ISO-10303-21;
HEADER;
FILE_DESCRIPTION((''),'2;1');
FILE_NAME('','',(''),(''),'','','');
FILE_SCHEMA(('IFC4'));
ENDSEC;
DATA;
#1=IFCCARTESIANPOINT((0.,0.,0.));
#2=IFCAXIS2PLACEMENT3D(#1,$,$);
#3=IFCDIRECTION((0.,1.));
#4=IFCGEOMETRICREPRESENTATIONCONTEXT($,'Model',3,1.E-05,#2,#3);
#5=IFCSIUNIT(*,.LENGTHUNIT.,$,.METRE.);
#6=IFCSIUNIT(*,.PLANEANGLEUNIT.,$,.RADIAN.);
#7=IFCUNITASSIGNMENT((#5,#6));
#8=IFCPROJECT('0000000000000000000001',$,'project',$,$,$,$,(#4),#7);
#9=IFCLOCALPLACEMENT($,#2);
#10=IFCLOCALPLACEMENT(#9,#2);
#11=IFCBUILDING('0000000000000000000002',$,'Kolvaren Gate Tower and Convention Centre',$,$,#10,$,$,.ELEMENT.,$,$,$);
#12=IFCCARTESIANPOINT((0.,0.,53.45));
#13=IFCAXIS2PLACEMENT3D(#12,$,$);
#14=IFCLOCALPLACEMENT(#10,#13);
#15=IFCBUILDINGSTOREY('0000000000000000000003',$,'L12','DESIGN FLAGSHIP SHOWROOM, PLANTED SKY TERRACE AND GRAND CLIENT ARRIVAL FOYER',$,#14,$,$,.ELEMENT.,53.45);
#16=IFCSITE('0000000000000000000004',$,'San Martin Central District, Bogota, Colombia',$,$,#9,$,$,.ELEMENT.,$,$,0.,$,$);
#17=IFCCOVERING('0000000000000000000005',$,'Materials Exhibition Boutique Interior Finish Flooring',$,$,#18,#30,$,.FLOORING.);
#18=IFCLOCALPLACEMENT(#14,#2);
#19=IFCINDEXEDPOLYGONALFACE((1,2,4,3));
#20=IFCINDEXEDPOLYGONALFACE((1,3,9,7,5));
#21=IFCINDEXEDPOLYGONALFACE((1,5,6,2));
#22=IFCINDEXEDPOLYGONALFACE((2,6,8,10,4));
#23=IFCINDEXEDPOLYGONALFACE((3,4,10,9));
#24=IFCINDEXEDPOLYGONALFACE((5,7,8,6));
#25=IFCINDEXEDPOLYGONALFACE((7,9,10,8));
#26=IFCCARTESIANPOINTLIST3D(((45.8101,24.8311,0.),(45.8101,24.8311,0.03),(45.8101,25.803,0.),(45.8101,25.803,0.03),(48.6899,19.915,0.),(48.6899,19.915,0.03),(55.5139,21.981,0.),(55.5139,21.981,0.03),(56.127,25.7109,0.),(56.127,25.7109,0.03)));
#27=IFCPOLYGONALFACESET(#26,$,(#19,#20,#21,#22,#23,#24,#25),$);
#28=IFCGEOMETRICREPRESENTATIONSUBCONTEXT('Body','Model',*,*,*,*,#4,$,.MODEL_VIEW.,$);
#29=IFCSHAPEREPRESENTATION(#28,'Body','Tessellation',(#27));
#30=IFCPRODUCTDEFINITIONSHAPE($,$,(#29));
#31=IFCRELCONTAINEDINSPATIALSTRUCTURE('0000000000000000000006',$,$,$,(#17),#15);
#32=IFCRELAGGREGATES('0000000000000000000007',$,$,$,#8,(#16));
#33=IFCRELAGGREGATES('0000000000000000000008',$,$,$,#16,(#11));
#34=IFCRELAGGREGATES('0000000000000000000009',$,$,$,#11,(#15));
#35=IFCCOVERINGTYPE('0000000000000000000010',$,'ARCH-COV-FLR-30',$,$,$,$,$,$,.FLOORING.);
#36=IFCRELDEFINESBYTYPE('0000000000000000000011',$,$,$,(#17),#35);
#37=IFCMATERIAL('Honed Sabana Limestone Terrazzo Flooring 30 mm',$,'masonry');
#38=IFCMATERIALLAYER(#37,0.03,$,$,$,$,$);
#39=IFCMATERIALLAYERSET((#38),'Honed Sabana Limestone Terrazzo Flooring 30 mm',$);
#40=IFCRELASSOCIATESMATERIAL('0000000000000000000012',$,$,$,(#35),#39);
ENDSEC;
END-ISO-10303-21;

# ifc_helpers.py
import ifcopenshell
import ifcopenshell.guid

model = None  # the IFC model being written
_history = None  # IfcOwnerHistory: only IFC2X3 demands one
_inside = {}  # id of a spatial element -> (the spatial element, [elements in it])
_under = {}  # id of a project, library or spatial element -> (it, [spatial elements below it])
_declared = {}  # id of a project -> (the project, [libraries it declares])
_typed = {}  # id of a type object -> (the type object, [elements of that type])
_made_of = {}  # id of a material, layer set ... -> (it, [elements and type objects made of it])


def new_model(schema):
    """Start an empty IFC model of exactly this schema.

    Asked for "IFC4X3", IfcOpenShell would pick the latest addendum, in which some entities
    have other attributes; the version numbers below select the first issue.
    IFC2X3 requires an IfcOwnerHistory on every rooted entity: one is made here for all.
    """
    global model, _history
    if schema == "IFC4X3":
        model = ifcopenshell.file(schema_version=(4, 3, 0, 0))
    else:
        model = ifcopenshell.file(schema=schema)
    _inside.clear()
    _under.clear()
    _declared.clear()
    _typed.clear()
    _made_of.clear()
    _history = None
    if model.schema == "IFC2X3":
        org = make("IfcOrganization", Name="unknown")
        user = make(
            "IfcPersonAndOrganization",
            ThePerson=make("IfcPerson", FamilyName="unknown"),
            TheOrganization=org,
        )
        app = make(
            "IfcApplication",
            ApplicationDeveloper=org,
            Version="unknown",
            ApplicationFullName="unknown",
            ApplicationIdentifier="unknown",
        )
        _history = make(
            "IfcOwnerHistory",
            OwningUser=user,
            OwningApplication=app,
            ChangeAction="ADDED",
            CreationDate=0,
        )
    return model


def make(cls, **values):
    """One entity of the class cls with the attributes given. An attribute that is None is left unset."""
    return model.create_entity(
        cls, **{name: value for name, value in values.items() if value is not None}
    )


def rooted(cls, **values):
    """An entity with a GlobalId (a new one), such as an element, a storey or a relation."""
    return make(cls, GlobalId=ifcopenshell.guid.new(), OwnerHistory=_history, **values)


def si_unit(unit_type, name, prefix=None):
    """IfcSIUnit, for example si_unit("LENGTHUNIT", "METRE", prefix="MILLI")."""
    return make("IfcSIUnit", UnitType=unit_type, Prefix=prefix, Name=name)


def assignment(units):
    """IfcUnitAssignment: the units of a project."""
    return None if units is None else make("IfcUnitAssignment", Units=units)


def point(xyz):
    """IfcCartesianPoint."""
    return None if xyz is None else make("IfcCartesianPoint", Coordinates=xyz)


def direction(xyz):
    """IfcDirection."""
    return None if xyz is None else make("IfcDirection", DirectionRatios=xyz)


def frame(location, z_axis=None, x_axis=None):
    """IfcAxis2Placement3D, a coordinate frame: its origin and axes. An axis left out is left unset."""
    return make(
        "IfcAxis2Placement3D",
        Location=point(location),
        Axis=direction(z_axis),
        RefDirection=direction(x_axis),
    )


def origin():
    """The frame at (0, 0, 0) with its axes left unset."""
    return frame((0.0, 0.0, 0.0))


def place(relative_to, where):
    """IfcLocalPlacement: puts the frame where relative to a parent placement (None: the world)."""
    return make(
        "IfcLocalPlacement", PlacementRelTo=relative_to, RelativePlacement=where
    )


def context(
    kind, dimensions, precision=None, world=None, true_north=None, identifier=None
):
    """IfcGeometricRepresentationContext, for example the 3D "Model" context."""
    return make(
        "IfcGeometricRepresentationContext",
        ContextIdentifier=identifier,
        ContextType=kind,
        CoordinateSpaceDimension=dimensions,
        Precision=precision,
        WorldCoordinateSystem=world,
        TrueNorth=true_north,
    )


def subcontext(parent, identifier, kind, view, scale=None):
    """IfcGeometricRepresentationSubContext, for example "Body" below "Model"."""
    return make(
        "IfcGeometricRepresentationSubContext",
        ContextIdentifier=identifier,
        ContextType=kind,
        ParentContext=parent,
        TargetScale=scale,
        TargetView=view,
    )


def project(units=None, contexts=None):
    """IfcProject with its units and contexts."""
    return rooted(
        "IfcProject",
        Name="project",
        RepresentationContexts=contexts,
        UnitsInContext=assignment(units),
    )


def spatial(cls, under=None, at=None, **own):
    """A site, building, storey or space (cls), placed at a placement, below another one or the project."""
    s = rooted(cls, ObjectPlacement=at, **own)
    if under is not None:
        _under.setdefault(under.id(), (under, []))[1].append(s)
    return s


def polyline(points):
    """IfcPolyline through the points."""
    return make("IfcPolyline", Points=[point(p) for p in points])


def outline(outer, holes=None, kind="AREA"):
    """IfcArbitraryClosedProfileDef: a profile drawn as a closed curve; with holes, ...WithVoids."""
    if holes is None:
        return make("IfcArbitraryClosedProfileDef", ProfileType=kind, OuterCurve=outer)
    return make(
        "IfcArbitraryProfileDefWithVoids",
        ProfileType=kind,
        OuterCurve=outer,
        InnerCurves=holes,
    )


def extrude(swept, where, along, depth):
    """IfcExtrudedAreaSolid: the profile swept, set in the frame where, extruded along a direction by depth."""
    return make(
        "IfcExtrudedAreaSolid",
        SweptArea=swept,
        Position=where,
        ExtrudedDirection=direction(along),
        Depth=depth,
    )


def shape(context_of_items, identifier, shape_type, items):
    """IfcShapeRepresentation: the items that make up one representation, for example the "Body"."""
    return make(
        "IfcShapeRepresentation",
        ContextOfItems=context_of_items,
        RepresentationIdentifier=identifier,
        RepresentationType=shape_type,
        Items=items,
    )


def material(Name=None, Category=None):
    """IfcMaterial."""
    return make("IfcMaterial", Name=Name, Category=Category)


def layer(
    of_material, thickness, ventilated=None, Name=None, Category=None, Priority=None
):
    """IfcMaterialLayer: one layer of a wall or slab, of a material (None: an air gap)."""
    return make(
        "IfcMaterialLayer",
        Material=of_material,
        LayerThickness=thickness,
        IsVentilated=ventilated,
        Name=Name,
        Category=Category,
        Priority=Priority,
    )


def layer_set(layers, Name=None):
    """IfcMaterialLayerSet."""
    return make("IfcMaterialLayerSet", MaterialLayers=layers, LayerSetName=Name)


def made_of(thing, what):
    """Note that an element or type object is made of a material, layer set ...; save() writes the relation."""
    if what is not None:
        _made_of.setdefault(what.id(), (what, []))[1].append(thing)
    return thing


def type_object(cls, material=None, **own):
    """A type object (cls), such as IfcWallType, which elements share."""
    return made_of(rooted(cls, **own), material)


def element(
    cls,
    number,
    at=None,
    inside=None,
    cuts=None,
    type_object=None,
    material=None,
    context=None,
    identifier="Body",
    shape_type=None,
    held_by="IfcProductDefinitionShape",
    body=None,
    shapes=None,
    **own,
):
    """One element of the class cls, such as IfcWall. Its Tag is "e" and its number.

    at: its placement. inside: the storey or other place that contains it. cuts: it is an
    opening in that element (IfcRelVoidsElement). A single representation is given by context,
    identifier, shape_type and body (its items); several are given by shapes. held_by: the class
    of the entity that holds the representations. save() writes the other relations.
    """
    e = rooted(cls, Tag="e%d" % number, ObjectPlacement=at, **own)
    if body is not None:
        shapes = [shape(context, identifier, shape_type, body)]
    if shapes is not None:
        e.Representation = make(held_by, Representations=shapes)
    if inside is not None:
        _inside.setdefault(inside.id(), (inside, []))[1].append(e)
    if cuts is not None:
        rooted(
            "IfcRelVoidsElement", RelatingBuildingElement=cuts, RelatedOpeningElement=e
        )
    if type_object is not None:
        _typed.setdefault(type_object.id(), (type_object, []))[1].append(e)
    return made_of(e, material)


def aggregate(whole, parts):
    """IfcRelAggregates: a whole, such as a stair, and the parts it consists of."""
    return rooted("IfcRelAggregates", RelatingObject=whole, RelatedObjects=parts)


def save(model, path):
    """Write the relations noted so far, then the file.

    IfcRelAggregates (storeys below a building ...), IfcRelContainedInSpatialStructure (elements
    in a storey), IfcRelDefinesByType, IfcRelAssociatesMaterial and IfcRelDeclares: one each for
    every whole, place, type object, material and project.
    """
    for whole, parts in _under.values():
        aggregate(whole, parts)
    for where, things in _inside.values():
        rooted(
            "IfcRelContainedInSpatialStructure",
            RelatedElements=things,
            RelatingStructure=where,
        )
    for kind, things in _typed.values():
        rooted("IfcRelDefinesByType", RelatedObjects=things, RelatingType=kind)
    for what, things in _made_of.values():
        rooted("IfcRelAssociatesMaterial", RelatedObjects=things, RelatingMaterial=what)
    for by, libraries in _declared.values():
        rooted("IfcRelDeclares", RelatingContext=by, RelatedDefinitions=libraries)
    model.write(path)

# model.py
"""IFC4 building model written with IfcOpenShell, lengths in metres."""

from ifc_helpers import new_model, si_unit, direction, frame, origin, place, context, subcontext, project, spatial, polyline, outline, extrude, material, layer, layer_set, type_object, element, save


model = new_model("IFC4")

# Units and contexts
model_context = context("Model", 3, precision=1e-05, world=origin(), true_north=direction((0.0, 1.0)))
body_context = subcontext(model_context, "Body", "Model", "MODEL_VIEW")
ifc_project = project(units=[si_unit("LENGTHUNIT", "METRE"), si_unit("PLANEANGLEUNIT", "RADIAN")], contexts=[model_context])

# Site, building, storey
site_placement = place(None, origin())
site = spatial("IfcSite", under=ifc_project, at=site_placement, Name="San Martin Central District, Bogota, Colombia", CompositionType="ELEMENT", RefElevation=0.0)
building_placement = place(site_placement, origin())
building = spatial("IfcBuilding", under=site, at=building_placement, Name="Kolvaren Gate Tower and Convention Centre", CompositionType="ELEMENT")
storey_placement = place(building_placement, frame((0.0, 0.0, 53.45)))
storey = spatial("IfcBuildingStorey", under=building, at=storey_placement, Name="L12", Description="DESIGN FLAGSHIP SHOWROOM, PLANTED SKY TERRACE AND GRAND CLIENT ARRIVAL FOYER", CompositionType="ELEMENT", Elevation=53.45)

# Covering
ifc_material_1 = material(Name="Honed Sabana Limestone Terrazzo Flooring 30 mm", Category="masonry")
ifc_layer_1 = layer(ifc_material_1, 0.03)
ifc_layer_set_1 = layer_set([ifc_layer_1], Name="Honed Sabana Limestone Terrazzo Flooring 30 mm")
covering_type_1 = type_object("IfcCoveringType", Name="ARCH-COV-FLR-30", PredefinedType="FLOORING", material=ifc_layer_set_1)
covering_1_placement = place(storey_placement, origin())
element("IfcCovering", 1, at=covering_1_placement, inside=storey, type_object=covering_type_1, Name="Materials Exhibition Boutique Interior Finish Flooring", PredefinedType="FLOORING", context=body_context, shape_type="SweptSolid", body=[
    extrude(outline(polyline([(48.6899, 19.915), (45.8101, 24.8311), (45.8101, 25.803), (56.127, 25.7109), (55.5139, 21.981), (48.6899, 19.915)])), origin(), (0.0, 0.0, 1.0), 0.03),
])

save(model, "model.ifc")
